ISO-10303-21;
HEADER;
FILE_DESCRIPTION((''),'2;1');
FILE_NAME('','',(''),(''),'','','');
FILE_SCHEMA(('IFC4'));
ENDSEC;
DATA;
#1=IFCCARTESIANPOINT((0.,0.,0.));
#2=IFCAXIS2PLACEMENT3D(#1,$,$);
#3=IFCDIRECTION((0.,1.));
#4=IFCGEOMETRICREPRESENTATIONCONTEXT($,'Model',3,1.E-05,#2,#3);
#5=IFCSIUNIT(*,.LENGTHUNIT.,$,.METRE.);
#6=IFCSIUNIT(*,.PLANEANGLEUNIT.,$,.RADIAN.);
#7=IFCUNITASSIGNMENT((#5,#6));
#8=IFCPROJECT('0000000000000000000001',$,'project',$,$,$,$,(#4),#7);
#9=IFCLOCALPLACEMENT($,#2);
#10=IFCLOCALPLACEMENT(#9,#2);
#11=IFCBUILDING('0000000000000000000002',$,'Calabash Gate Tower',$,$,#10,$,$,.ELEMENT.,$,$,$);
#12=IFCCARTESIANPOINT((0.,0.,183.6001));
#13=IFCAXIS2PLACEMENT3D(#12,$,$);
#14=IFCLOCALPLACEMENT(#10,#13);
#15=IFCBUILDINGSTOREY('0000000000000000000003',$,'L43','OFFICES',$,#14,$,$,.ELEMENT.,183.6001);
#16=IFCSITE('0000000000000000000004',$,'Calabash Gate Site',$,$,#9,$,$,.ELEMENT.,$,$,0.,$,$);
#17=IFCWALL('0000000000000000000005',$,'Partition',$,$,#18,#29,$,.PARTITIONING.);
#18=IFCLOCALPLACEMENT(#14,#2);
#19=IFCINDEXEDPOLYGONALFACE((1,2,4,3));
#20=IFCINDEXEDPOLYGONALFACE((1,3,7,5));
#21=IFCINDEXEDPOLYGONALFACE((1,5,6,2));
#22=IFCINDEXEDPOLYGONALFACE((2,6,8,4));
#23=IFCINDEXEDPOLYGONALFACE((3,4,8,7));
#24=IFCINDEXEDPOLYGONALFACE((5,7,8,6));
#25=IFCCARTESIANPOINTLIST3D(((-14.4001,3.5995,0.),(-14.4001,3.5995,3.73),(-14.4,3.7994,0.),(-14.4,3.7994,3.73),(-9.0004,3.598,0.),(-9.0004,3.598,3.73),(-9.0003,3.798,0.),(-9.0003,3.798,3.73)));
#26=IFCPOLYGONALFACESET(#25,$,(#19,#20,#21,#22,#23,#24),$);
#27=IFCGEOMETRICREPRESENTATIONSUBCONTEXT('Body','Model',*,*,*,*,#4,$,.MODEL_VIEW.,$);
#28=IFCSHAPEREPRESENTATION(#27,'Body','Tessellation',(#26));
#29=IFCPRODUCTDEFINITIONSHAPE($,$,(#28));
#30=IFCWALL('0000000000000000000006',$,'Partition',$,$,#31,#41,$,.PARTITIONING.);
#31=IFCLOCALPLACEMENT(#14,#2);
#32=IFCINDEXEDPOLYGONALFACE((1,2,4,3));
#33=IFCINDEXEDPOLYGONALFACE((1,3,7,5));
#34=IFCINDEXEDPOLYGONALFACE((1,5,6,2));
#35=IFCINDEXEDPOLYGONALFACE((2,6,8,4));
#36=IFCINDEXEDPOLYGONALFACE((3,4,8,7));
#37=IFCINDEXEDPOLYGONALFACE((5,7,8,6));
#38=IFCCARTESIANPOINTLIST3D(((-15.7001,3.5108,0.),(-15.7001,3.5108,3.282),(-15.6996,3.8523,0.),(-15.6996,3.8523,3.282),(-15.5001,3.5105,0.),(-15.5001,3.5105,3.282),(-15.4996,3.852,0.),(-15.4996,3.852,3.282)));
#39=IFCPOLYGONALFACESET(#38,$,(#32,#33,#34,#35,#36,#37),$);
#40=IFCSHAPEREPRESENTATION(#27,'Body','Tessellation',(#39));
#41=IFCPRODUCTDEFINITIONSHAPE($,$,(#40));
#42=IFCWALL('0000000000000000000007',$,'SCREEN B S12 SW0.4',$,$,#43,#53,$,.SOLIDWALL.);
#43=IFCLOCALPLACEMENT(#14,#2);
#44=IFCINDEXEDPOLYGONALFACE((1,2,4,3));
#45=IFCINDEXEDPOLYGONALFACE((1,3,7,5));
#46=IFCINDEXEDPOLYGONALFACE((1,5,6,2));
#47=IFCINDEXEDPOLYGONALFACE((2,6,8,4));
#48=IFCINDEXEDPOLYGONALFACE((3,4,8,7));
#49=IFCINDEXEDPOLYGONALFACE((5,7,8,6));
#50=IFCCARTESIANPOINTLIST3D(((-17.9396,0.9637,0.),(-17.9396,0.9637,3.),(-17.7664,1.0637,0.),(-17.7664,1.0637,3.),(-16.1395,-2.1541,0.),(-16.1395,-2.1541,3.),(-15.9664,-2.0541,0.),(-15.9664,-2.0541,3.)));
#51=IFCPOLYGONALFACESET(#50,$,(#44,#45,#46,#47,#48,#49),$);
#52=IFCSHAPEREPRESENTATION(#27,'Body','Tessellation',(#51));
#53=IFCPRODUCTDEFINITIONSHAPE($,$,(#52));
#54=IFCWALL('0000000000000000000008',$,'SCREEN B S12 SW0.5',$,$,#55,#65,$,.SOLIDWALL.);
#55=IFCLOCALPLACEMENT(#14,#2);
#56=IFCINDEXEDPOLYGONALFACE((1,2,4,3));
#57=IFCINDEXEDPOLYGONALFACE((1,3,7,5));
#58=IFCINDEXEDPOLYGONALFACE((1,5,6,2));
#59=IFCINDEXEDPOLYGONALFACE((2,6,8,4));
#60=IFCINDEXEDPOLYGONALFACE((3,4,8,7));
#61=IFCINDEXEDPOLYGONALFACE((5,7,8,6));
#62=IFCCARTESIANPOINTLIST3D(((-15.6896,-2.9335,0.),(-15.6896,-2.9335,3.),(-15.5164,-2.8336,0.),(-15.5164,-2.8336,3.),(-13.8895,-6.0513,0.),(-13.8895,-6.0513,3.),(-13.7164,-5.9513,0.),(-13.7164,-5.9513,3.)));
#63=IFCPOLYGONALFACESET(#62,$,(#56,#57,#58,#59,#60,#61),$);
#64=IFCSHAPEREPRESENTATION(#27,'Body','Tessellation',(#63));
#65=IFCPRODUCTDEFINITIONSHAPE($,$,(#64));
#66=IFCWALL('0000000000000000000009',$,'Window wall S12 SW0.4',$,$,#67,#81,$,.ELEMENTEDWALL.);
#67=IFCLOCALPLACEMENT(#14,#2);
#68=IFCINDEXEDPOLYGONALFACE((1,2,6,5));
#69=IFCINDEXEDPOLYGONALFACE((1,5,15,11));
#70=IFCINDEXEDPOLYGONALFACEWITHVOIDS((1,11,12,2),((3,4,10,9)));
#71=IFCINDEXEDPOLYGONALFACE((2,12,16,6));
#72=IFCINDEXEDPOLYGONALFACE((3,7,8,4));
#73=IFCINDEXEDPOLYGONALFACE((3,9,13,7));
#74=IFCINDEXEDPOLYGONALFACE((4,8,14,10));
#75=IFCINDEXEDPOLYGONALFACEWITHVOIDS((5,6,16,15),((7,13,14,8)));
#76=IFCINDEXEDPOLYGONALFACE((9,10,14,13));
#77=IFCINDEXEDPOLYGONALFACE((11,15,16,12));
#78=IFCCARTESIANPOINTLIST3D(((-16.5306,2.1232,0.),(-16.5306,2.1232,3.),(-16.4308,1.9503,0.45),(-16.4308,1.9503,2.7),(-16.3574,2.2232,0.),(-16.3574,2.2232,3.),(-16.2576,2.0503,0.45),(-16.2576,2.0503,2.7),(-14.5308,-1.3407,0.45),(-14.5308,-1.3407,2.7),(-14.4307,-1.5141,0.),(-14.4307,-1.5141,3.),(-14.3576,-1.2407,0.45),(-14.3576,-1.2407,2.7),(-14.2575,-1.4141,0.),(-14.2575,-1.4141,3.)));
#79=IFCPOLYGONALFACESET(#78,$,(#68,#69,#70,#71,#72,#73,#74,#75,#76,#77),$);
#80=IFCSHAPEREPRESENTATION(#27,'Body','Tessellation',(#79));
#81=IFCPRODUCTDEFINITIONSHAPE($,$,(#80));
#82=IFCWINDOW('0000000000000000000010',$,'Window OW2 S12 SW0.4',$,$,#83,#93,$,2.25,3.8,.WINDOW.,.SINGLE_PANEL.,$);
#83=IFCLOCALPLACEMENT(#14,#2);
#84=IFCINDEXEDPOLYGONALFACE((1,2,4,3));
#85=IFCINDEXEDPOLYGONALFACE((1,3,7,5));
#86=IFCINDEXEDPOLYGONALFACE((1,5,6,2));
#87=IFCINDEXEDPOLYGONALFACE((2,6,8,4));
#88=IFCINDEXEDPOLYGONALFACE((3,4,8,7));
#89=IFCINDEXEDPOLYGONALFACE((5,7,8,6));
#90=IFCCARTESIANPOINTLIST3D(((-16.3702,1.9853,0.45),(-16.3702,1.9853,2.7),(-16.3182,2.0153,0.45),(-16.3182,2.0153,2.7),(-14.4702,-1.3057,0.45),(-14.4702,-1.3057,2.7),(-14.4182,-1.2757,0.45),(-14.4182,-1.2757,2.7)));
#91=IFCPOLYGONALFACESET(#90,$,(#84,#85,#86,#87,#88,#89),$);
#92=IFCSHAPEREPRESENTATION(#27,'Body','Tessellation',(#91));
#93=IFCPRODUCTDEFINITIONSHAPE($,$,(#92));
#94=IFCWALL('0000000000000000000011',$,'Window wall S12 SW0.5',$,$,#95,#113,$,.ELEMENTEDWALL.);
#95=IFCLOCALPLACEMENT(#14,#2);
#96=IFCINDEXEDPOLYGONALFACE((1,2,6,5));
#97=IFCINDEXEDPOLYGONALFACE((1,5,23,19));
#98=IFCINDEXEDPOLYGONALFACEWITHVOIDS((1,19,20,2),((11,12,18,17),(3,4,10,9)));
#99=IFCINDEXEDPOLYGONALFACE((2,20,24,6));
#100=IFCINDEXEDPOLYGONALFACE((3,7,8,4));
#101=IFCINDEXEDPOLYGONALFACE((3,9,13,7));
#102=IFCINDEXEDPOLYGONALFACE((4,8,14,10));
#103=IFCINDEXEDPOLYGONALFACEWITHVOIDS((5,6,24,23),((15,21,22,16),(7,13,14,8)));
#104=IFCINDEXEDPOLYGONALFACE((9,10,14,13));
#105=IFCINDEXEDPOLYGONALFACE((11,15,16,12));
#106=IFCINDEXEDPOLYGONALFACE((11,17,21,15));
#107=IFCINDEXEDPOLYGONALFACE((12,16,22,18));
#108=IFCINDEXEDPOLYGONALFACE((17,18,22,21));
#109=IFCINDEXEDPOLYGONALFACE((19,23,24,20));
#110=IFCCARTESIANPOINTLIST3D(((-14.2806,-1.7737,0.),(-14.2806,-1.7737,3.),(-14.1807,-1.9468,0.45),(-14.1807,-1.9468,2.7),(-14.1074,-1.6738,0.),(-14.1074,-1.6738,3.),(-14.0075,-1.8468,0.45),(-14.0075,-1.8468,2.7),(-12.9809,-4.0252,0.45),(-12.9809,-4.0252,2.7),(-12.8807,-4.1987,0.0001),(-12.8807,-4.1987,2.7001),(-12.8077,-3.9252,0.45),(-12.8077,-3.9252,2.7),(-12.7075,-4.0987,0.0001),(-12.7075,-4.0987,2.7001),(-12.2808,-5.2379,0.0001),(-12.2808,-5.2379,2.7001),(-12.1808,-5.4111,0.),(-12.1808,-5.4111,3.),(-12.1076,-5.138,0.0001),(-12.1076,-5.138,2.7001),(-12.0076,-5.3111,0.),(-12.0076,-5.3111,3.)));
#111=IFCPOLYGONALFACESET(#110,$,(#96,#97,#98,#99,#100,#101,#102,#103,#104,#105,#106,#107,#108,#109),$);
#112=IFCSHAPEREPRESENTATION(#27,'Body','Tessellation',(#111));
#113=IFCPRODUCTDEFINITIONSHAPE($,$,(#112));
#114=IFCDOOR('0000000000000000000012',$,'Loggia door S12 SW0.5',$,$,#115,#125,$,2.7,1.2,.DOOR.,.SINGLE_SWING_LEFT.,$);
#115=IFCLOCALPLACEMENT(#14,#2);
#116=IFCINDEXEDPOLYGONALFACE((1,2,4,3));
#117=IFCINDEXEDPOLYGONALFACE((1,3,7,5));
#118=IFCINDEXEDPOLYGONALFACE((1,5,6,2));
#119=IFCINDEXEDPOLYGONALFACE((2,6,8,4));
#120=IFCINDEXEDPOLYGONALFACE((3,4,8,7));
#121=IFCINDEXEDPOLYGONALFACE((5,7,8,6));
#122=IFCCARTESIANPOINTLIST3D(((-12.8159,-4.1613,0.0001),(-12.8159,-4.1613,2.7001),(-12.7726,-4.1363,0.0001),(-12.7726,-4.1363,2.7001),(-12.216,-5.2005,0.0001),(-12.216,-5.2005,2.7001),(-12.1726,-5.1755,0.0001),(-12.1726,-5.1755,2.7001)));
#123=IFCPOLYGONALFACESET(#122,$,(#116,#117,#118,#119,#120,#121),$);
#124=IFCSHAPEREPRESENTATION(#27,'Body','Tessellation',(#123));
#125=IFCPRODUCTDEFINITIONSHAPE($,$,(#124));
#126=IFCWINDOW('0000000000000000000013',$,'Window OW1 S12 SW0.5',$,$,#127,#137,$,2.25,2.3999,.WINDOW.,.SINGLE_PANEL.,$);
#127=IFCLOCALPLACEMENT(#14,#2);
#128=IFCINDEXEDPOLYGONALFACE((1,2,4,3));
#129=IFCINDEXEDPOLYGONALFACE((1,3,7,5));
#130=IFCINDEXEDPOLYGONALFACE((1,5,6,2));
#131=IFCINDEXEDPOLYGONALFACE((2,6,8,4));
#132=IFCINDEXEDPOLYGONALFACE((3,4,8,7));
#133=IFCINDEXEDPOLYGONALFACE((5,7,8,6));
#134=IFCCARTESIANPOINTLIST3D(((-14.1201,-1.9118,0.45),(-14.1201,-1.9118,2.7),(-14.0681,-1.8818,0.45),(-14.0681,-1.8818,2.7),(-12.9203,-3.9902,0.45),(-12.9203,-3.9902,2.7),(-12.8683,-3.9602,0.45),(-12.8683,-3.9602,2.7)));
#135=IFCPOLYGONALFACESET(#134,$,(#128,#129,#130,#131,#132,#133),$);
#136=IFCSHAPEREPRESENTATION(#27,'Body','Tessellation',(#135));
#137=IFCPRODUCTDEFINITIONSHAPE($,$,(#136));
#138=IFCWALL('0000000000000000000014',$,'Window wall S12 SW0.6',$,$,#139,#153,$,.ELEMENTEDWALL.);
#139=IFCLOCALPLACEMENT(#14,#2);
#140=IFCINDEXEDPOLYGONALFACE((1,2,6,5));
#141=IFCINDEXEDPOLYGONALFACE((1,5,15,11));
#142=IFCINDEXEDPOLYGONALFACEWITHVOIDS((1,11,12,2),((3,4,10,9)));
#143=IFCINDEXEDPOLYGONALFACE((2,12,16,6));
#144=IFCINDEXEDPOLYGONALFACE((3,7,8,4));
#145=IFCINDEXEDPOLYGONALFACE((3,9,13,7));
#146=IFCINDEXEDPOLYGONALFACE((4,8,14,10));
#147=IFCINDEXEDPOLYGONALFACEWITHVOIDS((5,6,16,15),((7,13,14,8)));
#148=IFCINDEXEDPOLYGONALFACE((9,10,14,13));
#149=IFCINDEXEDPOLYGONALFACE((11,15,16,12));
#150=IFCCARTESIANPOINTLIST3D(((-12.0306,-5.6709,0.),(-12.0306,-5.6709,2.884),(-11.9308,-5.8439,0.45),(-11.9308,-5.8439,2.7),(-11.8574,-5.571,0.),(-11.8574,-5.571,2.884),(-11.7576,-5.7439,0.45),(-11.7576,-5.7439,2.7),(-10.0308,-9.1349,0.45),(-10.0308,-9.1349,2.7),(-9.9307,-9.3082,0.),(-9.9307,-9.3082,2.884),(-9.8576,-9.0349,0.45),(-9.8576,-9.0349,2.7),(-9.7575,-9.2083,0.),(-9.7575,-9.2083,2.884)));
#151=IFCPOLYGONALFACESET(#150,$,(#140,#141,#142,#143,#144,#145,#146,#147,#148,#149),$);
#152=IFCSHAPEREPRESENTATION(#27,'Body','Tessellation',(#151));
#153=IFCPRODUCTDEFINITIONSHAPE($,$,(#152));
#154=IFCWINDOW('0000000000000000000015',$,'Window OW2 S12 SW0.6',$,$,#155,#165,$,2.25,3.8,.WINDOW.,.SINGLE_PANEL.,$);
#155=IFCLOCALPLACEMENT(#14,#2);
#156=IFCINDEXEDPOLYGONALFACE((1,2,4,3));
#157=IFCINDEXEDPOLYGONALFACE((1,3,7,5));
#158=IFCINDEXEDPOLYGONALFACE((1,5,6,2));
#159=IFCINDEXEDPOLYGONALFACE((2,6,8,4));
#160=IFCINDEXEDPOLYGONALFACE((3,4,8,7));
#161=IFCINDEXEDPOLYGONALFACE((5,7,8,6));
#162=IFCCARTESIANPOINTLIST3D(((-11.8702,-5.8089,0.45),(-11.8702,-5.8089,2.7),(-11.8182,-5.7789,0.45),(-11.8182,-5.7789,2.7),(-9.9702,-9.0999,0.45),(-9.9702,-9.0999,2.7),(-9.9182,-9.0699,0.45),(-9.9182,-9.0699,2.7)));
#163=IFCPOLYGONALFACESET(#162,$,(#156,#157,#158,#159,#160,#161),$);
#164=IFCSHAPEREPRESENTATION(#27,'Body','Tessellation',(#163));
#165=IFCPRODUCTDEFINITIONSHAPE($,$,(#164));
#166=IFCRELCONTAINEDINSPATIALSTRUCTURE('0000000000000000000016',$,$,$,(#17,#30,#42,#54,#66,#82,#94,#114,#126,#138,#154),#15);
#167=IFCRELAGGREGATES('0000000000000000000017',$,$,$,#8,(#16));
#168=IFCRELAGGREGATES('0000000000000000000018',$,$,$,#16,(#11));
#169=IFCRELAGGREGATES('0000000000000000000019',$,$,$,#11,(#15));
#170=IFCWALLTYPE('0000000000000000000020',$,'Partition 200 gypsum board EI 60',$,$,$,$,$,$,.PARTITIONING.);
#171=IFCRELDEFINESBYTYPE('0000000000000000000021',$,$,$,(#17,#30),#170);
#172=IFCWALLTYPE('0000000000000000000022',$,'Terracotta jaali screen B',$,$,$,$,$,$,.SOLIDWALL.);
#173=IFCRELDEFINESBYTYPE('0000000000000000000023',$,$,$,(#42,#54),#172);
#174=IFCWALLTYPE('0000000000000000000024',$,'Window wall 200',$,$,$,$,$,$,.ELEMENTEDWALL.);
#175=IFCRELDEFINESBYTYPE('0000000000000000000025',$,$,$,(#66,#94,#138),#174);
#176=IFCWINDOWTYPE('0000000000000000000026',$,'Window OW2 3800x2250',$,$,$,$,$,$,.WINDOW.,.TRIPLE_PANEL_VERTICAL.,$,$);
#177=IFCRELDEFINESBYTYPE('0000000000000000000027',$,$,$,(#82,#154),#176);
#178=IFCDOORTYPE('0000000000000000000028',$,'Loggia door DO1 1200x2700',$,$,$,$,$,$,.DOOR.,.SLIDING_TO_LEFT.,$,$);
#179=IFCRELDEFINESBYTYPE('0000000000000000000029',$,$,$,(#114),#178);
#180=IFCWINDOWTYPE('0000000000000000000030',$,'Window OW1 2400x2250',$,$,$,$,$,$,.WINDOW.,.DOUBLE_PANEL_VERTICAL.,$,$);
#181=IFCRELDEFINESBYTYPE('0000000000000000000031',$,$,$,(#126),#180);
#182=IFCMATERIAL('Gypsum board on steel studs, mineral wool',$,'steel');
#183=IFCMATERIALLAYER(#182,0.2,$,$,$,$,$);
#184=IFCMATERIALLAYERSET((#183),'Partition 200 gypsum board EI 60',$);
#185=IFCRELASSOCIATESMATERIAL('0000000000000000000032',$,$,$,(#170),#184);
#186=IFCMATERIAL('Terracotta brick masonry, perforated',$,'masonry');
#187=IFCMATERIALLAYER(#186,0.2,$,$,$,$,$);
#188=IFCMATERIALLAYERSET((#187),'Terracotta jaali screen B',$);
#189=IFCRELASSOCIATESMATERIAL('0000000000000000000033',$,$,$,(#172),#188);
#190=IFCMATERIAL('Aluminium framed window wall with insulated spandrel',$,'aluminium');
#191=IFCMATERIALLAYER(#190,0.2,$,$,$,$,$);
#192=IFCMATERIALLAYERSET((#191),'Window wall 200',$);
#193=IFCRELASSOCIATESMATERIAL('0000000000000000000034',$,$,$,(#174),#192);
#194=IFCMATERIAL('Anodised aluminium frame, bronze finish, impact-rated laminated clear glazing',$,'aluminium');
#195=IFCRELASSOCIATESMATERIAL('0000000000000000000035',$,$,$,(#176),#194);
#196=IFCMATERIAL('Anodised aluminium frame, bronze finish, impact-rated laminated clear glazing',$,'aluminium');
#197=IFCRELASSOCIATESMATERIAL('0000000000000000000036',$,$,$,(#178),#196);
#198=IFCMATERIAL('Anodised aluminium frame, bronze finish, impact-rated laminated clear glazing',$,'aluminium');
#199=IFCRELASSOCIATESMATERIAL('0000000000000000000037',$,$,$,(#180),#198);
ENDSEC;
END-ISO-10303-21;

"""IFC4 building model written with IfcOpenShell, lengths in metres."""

from ifc_helpers import new_model, si_unit, direction, frame, frame_2d, origin, place, context, subcontext, project, spatial, rectangle, extrude, material, layer, layer_set, type_object, element, fill, save


model = new_model("IFC4")

# Units and contexts
model_context = context("Model", 3, precision=1e-05, world=origin(), true_north=direction((0.0, 1.0)))
body_context = subcontext(model_context, "Body", "Model", "MODEL_VIEW")
ifc_project = project(units=[si_unit("LENGTHUNIT", "METRE"), si_unit("PLANEANGLEUNIT", "RADIAN")], contexts=[model_context])

# Site, building, storey
site_placement = place(None, origin())
site = spatial("IfcSite", under=ifc_project, at=site_placement, Name="Calabash Gate Site", CompositionType="ELEMENT", RefElevation=0.0)
building_placement = place(site_placement, origin())
building = spatial("IfcBuilding", under=site, at=building_placement, Name="Calabash Gate Tower", CompositionType="ELEMENT")
storey_placement = place(building_placement, frame((0.0, 0.0, 183.6001)))
storey = spatial("IfcBuildingStorey", under=building, at=storey_placement, Name="L43", Description="OFFICES", CompositionType="ELEMENT", Elevation=183.6001)

# Walls
ifc_material_1 = material(Name="Gypsum board on steel studs, mineral wool", Category="steel")
ifc_layer_1 = layer(ifc_material_1, 0.2)
ifc_layer_set_1 = layer_set([ifc_layer_1], Name="Partition 200 gypsum board EI 60")
wall_type_1 = type_object("IfcWallType", Name="Partition 200 gypsum board EI 60", PredefinedType="PARTITIONING", material=ifc_layer_set_1)
wall_1_placement = place(storey_placement, frame((-14.3999, 3.6995, 0.0), z_axis=(0.0, 0.0, 1.0), x_axis=(1.0, -0.000271, 0.0)))
element("IfcWall", 1, at=wall_1_placement, inside=storey, type_object=wall_type_1, Name="Partition", PredefinedType="PARTITIONING", context=body_context, shape_type="SweptSolid", body=[
    extrude(rectangle(XDim=5.3997, YDim=0.2, at=frame_2d((2.6997, 0.0))), origin(), (0.0, 0.0, 1.0), 3.73),
])
wall_2_placement = place(storey_placement, frame((-15.6001, 3.5105, 0.0), z_axis=(0.0, 0.0, 1.0), x_axis=(0.00143, 0.999999, 0.0)))
element("IfcWall", 2, at=wall_2_placement, inside=storey, type_object=wall_type_1, Name="Partition", PredefinedType="PARTITIONING", context=body_context, shape_type="SweptSolid", body=[
    extrude(rectangle(XDim=0.3416, YDim=0.2, at=frame_2d((0.1709, 0.0))), origin(), (0.0, 0.0, 1.0), 3.282),
])
ifc_material_2 = material(Name="Terracotta brick masonry, perforated", Category="masonry")
ifc_layer_2 = layer(ifc_material_2, 0.2)
ifc_layer_set_2 = layer_set([ifc_layer_2], Name="Terracotta jaali screen B")
wall_type_2 = type_object("IfcWallType", Name="Terracotta jaali screen B", PredefinedType="SOLIDWALL", material=ifc_layer_set_2)
for number, where, z_axis, x_axis, name in (
    (3, (-17.853, 1.0137, 0.0), (0.0, 0.0, 1.0), (0.500012, -0.866018, 0.0), "SCREEN B S12 SW0.4"),
    (4, (-15.603, -2.8835, 0.0), (0.0, 0.0, 1.0), (0.500012, -0.866018, 0.0), "SCREEN B S12 SW0.5"),
):
    element("IfcWall", number, at=place(storey_placement, frame(where, z_axis=z_axis, x_axis=x_axis)), inside=storey, type_object=wall_type_2, Name=name, PredefinedType="SOLIDWALL", context=body_context, shape_type="SweptSolid", body=[
        extrude(rectangle(XDim=3.6001, YDim=0.2, at=frame_2d((1.8, 0.0))), origin(), (0.0, 0.0, 1.0), 3.0),
    ])

# Wall, opening, window
ifc_material_3 = material(Name="Aluminium framed window wall with insulated spandrel", Category="aluminium")
ifc_layer_3 = layer(ifc_material_3, 0.2)
ifc_layer_set_3 = layer_set([ifc_layer_3], Name="Window wall 200")
wall_type_3 = type_object("IfcWallType", Name="Window wall 200", PredefinedType="ELEMENTEDWALL", material=ifc_layer_set_3)
wall_3_placement = place(storey_placement, frame((-16.4441, 2.1733, 0.0), z_axis=(0.0, 0.0, 1.0), x_axis=(0.499984, -0.866035, 0.0)))
wall_3 = element("IfcWall", 5, at=wall_3_placement, inside=storey, type_object=wall_type_3, Name="Window wall S12 SW0.4", PredefinedType="ELEMENTEDWALL", context=body_context, shape_type="SweptSolid", body=[
    extrude(rectangle(XDim=4.2, YDim=0.2, at=frame_2d((2.1001, 0.0))), origin(), (0.0, 0.0, 1.0), 3.0),
])
opening_1_placement = place(wall_3_placement, frame((0.2, 0.0, 0.45)))
opening_1 = element("IfcOpeningElement", 6, at=opening_1_placement, cuts=wall_3, PredefinedType="OPENING", context=body_context, shape_type="SweptSolid", body=[
    extrude(rectangle(XDim=3.8, YDim=2.25, at=frame_2d((1.8999, 1.125))), frame((0.0, 0.1099, 0.0), z_axis=(0.0, -1.0, 0.0), x_axis=(1.0, 0.0, 0.0)), (0.0, 0.0, 1.0), 0.22),
])
ifc_material_4 = material(Name="Anodised aluminium frame, bronze finish, impact-rated laminated clear glazing", Category="aluminium")
window_type_1 = type_object("IfcWindowType", Name="Window OW2 3800x2250", PartitioningType="TRIPLE_PANEL_VERTICAL", PredefinedType="WINDOW", material=ifc_material_4)
window_1_placement = place(opening_1_placement, origin())
window_1 = element("IfcWindow", 7, at=window_1_placement, inside=storey, type_object=window_type_1, Name="Window OW2 S12 SW0.4", OverallHeight=2.25, OverallWidth=3.8, PartitioningType="SINGLE_PANEL", PredefinedType="WINDOW", context=body_context, shape_type="SweptSolid", body=[
    extrude(rectangle(XDim=3.8, YDim=2.25, at=frame_2d((1.8999, 1.125))), frame((0.0, 0.03, 0.0), z_axis=(0.0, -1.0, 0.0), x_axis=(1.0, 0.0, 0.0)), (0.0, 0.0, 1.0), 0.0601),
])
fill(opening_1, window_1)

# Wall, openings, door, window
wall_4_placement = place(storey_placement, frame((-14.1941, -1.7236, 0.0), z_axis=(0.0, 0.0, 1.0), x_axis=(0.499959, -0.866049, 0.0)))
wall_4 = element("IfcWall", 8, at=wall_4_placement, inside=storey, type_object=wall_type_3, Name="Window wall S12 SW0.5", PredefinedType="ELEMENTEDWALL", context=body_context, shape_type="SweptSolid", body=[
    extrude(rectangle(XDim=4.2, YDim=0.2, at=frame_2d((2.1001, 0.0))), origin(), (0.0, 0.0, 1.0), 3.0),
])
opening_2_placement = place(wall_4_placement, frame((0.2, 0.0, 0.45)))
opening_2 = element("IfcOpeningElement", 9, at=opening_2_placement, cuts=wall_4, PredefinedType="OPENING", context=body_context, shape_type="SweptSolid", body=[
    extrude(rectangle(XDim=2.3999, YDim=2.25, at=frame_2d((1.2, 1.125))), frame((0.0, 0.1099, 0.0), z_axis=(0.0, -1.0, 0.0), x_axis=(1.0, 0.0, 0.0)), (0.0, 0.0, 1.0), 0.22),
])
opening_3_placement = place(wall_4_placement, frame((2.8, 0.0, 0.0)))
opening_3 = element("IfcOpeningElement", 10, at=opening_3_placement, cuts=wall_4, PredefinedType="OPENING", context=body_context, shape_type="SweptSolid", body=[
    extrude(rectangle(XDim=1.2, YDim=2.7, at=frame_2d((0.6001, 1.3501))), frame((0.0, 0.1099, 0.0), z_axis=(0.0, -1.0, 0.0), x_axis=(1.0, 0.0, 0.0)), (0.0, 0.0, 1.0), 0.22),
])
ifc_material_5 = material(Name="Anodised aluminium frame, bronze finish, impact-rated laminated clear glazing", Category="aluminium")
door_type = type_object("IfcDoorType", Name="Loggia door DO1 1200x2700", OperationType="SLIDING_TO_LEFT", PredefinedType="DOOR", material=ifc_material_5)
door_placement = place(opening_3_placement, origin())
door = element("IfcDoor", 11, at=door_placement, inside=storey, type_object=door_type, Name="Loggia door S12 SW0.5", OperationType="SINGLE_SWING_LEFT", OverallHeight=2.7, OverallWidth=1.2, PredefinedType="DOOR", context=body_context, shape_type="SweptSolid", body=[
    extrude(rectangle(XDim=1.2, YDim=2.7, at=frame_2d((0.6001, 1.3501))), frame((0.0, 0.0249, 0.0), z_axis=(0.0, -1.0, 0.0), x_axis=(1.0, 0.0, 0.0)), (0.0, 0.0, 1.0), 0.05),
])
fill(opening_3, door)
ifc_material_6 = material(Name="Anodised aluminium frame, bronze finish, impact-rated laminated clear glazing", Category="aluminium")
window_type_2 = type_object("IfcWindowType", Name="Window OW1 2400x2250", PartitioningType="DOUBLE_PANEL_VERTICAL", PredefinedType="WINDOW", material=ifc_material_6)
window_2_placement = place(opening_2_placement, origin())
window_2 = element("IfcWindow", 12, at=window_2_placement, inside=storey, type_object=window_type_2, Name="Window OW1 S12 SW0.5", OverallHeight=2.25, OverallWidth=2.3999, PartitioningType="SINGLE_PANEL", PredefinedType="WINDOW", context=body_context, shape_type="SweptSolid", body=[
    extrude(rectangle(XDim=2.3999, YDim=2.25, at=frame_2d((1.2, 1.125))), frame((0.0, 0.03, 0.0), z_axis=(0.0, -1.0, 0.0), x_axis=(1.0, 0.0, 0.0)), (0.0, 0.0, 1.0), 0.0601),
])
fill(opening_2, window_2)

# Wall, opening, window
wall_5_placement = place(storey_placement, frame((-11.9441, -5.6208, 0.0), z_axis=(0.0, 0.0, 1.0), x_axis=(0.499984, -0.866035, 0.0)))
wall_5 = element("IfcWall", 13, at=wall_5_placement, inside=storey, type_object=wall_type_3, Name="Window wall S12 SW0.6", PredefinedType="ELEMENTEDWALL", context=body_context, shape_type="SweptSolid", body=[
    extrude(rectangle(XDim=4.2, YDim=0.2, at=frame_2d((2.1001, 0.0))), origin(), (0.0, 0.0, 1.0), 2.884),
])
opening_4_placement = place(wall_5_placement, frame((0.2, 0.0, 0.45)))
opening_4 = element("IfcOpeningElement", 14, at=opening_4_placement, cuts=wall_5, PredefinedType="OPENING", context=body_context, shape_type="SweptSolid", body=[
    extrude(rectangle(XDim=3.8, YDim=2.25, at=frame_2d((1.8999, 1.125))), frame((0.0, 0.1099, 0.0), z_axis=(0.0, -1.0, 0.0), x_axis=(1.0, 0.0, 0.0)), (0.0, 0.0, 1.0), 0.22),
])
window_3_placement = place(opening_4_placement, origin())
window_3 = element("IfcWindow", 15, at=window_3_placement, inside=storey, type_object=window_type_1, Name="Window OW2 S12 SW0.6", OverallHeight=2.25, OverallWidth=3.8, PartitioningType="SINGLE_PANEL", PredefinedType="WINDOW", context=body_context, shape_type="SweptSolid", body=[
    extrude(rectangle(XDim=3.8, YDim=2.25, at=frame_2d((1.8999, 1.125))), frame((0.0, 0.03, 0.0), z_axis=(0.0, -1.0, 0.0), x_axis=(1.0, 0.0, 0.0)), (0.0, 0.0, 1.0), 0.0601),
])
fill(opening_4, window_3)

save(model, "model.ifc")
